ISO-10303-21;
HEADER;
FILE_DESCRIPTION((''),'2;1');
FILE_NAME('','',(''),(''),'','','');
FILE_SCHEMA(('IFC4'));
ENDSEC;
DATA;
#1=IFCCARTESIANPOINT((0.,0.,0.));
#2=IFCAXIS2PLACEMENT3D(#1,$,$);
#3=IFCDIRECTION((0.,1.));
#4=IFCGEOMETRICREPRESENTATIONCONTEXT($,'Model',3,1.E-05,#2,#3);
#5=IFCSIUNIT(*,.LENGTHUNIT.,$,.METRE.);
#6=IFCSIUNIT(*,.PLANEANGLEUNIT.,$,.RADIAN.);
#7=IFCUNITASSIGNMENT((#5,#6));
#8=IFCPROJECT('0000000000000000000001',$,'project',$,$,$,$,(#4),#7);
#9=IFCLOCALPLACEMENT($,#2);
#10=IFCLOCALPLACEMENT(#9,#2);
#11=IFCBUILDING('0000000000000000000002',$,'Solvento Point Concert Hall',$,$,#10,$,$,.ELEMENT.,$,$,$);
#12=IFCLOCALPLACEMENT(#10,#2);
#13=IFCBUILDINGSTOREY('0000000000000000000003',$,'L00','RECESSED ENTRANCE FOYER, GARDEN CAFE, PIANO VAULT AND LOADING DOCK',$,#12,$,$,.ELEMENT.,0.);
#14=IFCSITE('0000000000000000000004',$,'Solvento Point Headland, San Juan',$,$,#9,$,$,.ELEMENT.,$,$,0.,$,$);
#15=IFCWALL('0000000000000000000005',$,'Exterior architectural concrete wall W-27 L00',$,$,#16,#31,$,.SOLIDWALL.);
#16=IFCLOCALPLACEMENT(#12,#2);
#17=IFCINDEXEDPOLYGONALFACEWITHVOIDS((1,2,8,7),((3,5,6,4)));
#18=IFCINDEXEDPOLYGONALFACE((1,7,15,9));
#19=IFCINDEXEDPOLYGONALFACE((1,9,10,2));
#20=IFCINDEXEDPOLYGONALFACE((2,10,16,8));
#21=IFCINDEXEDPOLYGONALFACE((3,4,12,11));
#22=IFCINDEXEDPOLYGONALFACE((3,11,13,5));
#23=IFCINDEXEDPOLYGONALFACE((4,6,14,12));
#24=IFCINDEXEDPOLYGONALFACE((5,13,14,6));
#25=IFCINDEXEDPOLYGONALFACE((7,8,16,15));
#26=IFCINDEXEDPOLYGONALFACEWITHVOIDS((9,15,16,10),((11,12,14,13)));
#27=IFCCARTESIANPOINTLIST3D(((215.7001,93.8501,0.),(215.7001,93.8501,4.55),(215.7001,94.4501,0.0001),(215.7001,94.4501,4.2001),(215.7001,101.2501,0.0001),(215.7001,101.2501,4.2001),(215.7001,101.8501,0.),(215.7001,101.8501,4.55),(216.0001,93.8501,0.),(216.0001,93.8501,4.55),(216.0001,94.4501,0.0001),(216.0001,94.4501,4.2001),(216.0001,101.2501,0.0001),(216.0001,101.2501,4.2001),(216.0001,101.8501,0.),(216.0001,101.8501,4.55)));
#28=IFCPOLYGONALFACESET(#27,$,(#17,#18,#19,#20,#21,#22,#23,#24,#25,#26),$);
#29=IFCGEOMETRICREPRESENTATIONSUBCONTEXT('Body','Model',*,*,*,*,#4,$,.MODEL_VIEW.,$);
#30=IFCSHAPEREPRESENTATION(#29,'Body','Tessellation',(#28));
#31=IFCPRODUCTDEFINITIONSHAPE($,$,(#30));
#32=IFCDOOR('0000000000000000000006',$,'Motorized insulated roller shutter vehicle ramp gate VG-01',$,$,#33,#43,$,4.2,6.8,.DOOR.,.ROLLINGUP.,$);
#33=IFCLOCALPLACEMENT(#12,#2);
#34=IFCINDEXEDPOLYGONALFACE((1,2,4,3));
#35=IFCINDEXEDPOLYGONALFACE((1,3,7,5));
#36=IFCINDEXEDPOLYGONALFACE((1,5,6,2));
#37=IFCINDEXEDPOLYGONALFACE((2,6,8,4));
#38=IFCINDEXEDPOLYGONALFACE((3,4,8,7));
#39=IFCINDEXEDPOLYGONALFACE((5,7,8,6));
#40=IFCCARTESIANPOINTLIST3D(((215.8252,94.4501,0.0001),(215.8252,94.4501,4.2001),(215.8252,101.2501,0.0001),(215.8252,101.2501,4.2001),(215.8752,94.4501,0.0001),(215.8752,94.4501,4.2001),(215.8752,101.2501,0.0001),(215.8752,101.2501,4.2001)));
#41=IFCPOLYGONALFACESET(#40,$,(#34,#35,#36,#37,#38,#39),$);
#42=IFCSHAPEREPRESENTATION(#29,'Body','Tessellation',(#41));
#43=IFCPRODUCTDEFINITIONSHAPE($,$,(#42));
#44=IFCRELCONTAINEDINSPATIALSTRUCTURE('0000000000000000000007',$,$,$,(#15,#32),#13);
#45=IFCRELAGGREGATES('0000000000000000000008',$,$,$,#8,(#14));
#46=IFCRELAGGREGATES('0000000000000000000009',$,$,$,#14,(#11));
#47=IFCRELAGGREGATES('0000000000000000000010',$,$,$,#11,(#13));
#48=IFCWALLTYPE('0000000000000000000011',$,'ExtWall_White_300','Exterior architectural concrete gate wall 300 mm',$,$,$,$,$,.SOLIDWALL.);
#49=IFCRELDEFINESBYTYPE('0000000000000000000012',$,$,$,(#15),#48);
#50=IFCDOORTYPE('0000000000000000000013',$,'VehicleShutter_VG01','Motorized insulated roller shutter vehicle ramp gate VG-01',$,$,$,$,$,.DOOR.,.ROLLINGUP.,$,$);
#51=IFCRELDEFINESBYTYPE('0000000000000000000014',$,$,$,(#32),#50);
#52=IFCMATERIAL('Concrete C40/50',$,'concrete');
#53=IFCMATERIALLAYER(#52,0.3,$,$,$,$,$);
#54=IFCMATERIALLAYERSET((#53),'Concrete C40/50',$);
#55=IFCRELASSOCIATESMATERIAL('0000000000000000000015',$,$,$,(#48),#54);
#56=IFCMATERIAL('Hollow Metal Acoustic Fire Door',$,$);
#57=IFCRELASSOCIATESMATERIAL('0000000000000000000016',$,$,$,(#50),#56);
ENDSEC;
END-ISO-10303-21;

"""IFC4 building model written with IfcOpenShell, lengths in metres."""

from ifc_helpers import new_model, si_unit, direction, frame, frame_2d, origin, place, context, subcontext, project, spatial, rectangle, extrude, material, layer, layer_set, type_object, element, fill, save


model = new_model("IFC4")

# Units and contexts
model_context = context("Model", 3, precision=1e-05, world=origin(), true_north=direction((0.0, 1.0)))
body_context = subcontext(model_context, "Body", "Model", "MODEL_VIEW")
ifc_project = project(units=[si_unit("LENGTHUNIT", "METRE"), si_unit("PLANEANGLEUNIT", "RADIAN")], contexts=[model_context])

# Site, building, storey
site_placement = place(None, origin())
site = spatial("IfcSite", under=ifc_project, at=site_placement, Name="Solvento Point Headland, San Juan", CompositionType="ELEMENT", RefElevation=0.0)
building_placement = place(site_placement, origin())
building = spatial("IfcBuilding", under=site, at=building_placement, Name="Solvento Point Concert Hall", CompositionType="ELEMENT")
storey_placement = place(building_placement, origin())
storey = spatial("IfcBuildingStorey", under=building, at=storey_placement, Name="L00", Description="RECESSED ENTRANCE FOYER, GARDEN CAFE, PIANO VAULT AND LOADING DOCK", CompositionType="ELEMENT", Elevation=0.0)

# Wall, opening, door
ifc_material_1 = material(Name="Concrete C40/50", Category="concrete")
ifc_layer_1 = layer(ifc_material_1, 0.3)
ifc_layer_set_1 = layer_set([ifc_layer_1], Name="Concrete C40/50")
wall_type_1 = type_object("IfcWallType", Name="ExtWall_White_300", Description="Exterior architectural concrete gate wall 300 mm", PredefinedType="SOLIDWALL", material=ifc_layer_set_1)
wall_1_placement = place(storey_placement, frame((215.8501, 93.8501, 0.0), z_axis=(0.0, 0.0, 1.0), x_axis=(0.0, 1.0, 0.0)))
wall_1 = element("IfcWall", 1, at=wall_1_placement, inside=storey, type_object=wall_type_1, Name="Exterior architectural concrete wall W-27 L00", PredefinedType="SOLIDWALL", context=body_context, shape_type="SweptSolid", body=[
    extrude(rectangle(XDim=8.0, YDim=0.3, at=frame_2d((4.0, 0.0))), origin(), (0.0, 0.0, 1.0), 4.55),
])
opening_1_placement = place(wall_1_placement, frame((0.6001, 0.0, 0.0)))
opening_1 = element("IfcOpeningElement", 2, at=opening_1_placement, cuts=wall_1, PredefinedType="OPENING", context=body_context, shape_type="SweptSolid", body=[
    extrude(rectangle(XDim=6.8, YDim=4.2, at=frame_2d((3.3999, 2.1001))), frame((0.0, 0.1599, 0.0), z_axis=(0.0, -1.0, 0.0), x_axis=(1.0, 0.0, 0.0)), (0.0, 0.0, 1.0), 0.3201),
])
ifc_material_2 = material(Name="Hollow Metal Acoustic Fire Door")
door_type_1 = type_object("IfcDoorType", Name="VehicleShutter_VG01", Description="Motorized insulated roller shutter vehicle ramp gate VG-01", OperationType="ROLLINGUP", PredefinedType="DOOR", material=ifc_material_2)
door_1_placement = place(opening_1_placement, origin())
door_1 = element("IfcDoor", 3, at=door_1_placement, inside=storey, type_object=door_type_1, Name="Motorized insulated roller shutter vehicle ramp gate VG-01", OperationType="ROLLINGUP", OverallHeight=4.2, OverallWidth=6.8, PredefinedType="DOOR", context=body_context, shape_type="SweptSolid", body=[
    extrude(rectangle(XDim=6.8, YDim=4.2, at=frame_2d((3.3999, 2.1001))), frame((0.0, 0.0249, 0.0), z_axis=(0.0, -1.0, 0.0), x_axis=(1.0, 0.0, 0.0)), (0.0, 0.0, 1.0), 0.05),
])
fill(opening_1, door_1)

save(model, "model.ifc")
